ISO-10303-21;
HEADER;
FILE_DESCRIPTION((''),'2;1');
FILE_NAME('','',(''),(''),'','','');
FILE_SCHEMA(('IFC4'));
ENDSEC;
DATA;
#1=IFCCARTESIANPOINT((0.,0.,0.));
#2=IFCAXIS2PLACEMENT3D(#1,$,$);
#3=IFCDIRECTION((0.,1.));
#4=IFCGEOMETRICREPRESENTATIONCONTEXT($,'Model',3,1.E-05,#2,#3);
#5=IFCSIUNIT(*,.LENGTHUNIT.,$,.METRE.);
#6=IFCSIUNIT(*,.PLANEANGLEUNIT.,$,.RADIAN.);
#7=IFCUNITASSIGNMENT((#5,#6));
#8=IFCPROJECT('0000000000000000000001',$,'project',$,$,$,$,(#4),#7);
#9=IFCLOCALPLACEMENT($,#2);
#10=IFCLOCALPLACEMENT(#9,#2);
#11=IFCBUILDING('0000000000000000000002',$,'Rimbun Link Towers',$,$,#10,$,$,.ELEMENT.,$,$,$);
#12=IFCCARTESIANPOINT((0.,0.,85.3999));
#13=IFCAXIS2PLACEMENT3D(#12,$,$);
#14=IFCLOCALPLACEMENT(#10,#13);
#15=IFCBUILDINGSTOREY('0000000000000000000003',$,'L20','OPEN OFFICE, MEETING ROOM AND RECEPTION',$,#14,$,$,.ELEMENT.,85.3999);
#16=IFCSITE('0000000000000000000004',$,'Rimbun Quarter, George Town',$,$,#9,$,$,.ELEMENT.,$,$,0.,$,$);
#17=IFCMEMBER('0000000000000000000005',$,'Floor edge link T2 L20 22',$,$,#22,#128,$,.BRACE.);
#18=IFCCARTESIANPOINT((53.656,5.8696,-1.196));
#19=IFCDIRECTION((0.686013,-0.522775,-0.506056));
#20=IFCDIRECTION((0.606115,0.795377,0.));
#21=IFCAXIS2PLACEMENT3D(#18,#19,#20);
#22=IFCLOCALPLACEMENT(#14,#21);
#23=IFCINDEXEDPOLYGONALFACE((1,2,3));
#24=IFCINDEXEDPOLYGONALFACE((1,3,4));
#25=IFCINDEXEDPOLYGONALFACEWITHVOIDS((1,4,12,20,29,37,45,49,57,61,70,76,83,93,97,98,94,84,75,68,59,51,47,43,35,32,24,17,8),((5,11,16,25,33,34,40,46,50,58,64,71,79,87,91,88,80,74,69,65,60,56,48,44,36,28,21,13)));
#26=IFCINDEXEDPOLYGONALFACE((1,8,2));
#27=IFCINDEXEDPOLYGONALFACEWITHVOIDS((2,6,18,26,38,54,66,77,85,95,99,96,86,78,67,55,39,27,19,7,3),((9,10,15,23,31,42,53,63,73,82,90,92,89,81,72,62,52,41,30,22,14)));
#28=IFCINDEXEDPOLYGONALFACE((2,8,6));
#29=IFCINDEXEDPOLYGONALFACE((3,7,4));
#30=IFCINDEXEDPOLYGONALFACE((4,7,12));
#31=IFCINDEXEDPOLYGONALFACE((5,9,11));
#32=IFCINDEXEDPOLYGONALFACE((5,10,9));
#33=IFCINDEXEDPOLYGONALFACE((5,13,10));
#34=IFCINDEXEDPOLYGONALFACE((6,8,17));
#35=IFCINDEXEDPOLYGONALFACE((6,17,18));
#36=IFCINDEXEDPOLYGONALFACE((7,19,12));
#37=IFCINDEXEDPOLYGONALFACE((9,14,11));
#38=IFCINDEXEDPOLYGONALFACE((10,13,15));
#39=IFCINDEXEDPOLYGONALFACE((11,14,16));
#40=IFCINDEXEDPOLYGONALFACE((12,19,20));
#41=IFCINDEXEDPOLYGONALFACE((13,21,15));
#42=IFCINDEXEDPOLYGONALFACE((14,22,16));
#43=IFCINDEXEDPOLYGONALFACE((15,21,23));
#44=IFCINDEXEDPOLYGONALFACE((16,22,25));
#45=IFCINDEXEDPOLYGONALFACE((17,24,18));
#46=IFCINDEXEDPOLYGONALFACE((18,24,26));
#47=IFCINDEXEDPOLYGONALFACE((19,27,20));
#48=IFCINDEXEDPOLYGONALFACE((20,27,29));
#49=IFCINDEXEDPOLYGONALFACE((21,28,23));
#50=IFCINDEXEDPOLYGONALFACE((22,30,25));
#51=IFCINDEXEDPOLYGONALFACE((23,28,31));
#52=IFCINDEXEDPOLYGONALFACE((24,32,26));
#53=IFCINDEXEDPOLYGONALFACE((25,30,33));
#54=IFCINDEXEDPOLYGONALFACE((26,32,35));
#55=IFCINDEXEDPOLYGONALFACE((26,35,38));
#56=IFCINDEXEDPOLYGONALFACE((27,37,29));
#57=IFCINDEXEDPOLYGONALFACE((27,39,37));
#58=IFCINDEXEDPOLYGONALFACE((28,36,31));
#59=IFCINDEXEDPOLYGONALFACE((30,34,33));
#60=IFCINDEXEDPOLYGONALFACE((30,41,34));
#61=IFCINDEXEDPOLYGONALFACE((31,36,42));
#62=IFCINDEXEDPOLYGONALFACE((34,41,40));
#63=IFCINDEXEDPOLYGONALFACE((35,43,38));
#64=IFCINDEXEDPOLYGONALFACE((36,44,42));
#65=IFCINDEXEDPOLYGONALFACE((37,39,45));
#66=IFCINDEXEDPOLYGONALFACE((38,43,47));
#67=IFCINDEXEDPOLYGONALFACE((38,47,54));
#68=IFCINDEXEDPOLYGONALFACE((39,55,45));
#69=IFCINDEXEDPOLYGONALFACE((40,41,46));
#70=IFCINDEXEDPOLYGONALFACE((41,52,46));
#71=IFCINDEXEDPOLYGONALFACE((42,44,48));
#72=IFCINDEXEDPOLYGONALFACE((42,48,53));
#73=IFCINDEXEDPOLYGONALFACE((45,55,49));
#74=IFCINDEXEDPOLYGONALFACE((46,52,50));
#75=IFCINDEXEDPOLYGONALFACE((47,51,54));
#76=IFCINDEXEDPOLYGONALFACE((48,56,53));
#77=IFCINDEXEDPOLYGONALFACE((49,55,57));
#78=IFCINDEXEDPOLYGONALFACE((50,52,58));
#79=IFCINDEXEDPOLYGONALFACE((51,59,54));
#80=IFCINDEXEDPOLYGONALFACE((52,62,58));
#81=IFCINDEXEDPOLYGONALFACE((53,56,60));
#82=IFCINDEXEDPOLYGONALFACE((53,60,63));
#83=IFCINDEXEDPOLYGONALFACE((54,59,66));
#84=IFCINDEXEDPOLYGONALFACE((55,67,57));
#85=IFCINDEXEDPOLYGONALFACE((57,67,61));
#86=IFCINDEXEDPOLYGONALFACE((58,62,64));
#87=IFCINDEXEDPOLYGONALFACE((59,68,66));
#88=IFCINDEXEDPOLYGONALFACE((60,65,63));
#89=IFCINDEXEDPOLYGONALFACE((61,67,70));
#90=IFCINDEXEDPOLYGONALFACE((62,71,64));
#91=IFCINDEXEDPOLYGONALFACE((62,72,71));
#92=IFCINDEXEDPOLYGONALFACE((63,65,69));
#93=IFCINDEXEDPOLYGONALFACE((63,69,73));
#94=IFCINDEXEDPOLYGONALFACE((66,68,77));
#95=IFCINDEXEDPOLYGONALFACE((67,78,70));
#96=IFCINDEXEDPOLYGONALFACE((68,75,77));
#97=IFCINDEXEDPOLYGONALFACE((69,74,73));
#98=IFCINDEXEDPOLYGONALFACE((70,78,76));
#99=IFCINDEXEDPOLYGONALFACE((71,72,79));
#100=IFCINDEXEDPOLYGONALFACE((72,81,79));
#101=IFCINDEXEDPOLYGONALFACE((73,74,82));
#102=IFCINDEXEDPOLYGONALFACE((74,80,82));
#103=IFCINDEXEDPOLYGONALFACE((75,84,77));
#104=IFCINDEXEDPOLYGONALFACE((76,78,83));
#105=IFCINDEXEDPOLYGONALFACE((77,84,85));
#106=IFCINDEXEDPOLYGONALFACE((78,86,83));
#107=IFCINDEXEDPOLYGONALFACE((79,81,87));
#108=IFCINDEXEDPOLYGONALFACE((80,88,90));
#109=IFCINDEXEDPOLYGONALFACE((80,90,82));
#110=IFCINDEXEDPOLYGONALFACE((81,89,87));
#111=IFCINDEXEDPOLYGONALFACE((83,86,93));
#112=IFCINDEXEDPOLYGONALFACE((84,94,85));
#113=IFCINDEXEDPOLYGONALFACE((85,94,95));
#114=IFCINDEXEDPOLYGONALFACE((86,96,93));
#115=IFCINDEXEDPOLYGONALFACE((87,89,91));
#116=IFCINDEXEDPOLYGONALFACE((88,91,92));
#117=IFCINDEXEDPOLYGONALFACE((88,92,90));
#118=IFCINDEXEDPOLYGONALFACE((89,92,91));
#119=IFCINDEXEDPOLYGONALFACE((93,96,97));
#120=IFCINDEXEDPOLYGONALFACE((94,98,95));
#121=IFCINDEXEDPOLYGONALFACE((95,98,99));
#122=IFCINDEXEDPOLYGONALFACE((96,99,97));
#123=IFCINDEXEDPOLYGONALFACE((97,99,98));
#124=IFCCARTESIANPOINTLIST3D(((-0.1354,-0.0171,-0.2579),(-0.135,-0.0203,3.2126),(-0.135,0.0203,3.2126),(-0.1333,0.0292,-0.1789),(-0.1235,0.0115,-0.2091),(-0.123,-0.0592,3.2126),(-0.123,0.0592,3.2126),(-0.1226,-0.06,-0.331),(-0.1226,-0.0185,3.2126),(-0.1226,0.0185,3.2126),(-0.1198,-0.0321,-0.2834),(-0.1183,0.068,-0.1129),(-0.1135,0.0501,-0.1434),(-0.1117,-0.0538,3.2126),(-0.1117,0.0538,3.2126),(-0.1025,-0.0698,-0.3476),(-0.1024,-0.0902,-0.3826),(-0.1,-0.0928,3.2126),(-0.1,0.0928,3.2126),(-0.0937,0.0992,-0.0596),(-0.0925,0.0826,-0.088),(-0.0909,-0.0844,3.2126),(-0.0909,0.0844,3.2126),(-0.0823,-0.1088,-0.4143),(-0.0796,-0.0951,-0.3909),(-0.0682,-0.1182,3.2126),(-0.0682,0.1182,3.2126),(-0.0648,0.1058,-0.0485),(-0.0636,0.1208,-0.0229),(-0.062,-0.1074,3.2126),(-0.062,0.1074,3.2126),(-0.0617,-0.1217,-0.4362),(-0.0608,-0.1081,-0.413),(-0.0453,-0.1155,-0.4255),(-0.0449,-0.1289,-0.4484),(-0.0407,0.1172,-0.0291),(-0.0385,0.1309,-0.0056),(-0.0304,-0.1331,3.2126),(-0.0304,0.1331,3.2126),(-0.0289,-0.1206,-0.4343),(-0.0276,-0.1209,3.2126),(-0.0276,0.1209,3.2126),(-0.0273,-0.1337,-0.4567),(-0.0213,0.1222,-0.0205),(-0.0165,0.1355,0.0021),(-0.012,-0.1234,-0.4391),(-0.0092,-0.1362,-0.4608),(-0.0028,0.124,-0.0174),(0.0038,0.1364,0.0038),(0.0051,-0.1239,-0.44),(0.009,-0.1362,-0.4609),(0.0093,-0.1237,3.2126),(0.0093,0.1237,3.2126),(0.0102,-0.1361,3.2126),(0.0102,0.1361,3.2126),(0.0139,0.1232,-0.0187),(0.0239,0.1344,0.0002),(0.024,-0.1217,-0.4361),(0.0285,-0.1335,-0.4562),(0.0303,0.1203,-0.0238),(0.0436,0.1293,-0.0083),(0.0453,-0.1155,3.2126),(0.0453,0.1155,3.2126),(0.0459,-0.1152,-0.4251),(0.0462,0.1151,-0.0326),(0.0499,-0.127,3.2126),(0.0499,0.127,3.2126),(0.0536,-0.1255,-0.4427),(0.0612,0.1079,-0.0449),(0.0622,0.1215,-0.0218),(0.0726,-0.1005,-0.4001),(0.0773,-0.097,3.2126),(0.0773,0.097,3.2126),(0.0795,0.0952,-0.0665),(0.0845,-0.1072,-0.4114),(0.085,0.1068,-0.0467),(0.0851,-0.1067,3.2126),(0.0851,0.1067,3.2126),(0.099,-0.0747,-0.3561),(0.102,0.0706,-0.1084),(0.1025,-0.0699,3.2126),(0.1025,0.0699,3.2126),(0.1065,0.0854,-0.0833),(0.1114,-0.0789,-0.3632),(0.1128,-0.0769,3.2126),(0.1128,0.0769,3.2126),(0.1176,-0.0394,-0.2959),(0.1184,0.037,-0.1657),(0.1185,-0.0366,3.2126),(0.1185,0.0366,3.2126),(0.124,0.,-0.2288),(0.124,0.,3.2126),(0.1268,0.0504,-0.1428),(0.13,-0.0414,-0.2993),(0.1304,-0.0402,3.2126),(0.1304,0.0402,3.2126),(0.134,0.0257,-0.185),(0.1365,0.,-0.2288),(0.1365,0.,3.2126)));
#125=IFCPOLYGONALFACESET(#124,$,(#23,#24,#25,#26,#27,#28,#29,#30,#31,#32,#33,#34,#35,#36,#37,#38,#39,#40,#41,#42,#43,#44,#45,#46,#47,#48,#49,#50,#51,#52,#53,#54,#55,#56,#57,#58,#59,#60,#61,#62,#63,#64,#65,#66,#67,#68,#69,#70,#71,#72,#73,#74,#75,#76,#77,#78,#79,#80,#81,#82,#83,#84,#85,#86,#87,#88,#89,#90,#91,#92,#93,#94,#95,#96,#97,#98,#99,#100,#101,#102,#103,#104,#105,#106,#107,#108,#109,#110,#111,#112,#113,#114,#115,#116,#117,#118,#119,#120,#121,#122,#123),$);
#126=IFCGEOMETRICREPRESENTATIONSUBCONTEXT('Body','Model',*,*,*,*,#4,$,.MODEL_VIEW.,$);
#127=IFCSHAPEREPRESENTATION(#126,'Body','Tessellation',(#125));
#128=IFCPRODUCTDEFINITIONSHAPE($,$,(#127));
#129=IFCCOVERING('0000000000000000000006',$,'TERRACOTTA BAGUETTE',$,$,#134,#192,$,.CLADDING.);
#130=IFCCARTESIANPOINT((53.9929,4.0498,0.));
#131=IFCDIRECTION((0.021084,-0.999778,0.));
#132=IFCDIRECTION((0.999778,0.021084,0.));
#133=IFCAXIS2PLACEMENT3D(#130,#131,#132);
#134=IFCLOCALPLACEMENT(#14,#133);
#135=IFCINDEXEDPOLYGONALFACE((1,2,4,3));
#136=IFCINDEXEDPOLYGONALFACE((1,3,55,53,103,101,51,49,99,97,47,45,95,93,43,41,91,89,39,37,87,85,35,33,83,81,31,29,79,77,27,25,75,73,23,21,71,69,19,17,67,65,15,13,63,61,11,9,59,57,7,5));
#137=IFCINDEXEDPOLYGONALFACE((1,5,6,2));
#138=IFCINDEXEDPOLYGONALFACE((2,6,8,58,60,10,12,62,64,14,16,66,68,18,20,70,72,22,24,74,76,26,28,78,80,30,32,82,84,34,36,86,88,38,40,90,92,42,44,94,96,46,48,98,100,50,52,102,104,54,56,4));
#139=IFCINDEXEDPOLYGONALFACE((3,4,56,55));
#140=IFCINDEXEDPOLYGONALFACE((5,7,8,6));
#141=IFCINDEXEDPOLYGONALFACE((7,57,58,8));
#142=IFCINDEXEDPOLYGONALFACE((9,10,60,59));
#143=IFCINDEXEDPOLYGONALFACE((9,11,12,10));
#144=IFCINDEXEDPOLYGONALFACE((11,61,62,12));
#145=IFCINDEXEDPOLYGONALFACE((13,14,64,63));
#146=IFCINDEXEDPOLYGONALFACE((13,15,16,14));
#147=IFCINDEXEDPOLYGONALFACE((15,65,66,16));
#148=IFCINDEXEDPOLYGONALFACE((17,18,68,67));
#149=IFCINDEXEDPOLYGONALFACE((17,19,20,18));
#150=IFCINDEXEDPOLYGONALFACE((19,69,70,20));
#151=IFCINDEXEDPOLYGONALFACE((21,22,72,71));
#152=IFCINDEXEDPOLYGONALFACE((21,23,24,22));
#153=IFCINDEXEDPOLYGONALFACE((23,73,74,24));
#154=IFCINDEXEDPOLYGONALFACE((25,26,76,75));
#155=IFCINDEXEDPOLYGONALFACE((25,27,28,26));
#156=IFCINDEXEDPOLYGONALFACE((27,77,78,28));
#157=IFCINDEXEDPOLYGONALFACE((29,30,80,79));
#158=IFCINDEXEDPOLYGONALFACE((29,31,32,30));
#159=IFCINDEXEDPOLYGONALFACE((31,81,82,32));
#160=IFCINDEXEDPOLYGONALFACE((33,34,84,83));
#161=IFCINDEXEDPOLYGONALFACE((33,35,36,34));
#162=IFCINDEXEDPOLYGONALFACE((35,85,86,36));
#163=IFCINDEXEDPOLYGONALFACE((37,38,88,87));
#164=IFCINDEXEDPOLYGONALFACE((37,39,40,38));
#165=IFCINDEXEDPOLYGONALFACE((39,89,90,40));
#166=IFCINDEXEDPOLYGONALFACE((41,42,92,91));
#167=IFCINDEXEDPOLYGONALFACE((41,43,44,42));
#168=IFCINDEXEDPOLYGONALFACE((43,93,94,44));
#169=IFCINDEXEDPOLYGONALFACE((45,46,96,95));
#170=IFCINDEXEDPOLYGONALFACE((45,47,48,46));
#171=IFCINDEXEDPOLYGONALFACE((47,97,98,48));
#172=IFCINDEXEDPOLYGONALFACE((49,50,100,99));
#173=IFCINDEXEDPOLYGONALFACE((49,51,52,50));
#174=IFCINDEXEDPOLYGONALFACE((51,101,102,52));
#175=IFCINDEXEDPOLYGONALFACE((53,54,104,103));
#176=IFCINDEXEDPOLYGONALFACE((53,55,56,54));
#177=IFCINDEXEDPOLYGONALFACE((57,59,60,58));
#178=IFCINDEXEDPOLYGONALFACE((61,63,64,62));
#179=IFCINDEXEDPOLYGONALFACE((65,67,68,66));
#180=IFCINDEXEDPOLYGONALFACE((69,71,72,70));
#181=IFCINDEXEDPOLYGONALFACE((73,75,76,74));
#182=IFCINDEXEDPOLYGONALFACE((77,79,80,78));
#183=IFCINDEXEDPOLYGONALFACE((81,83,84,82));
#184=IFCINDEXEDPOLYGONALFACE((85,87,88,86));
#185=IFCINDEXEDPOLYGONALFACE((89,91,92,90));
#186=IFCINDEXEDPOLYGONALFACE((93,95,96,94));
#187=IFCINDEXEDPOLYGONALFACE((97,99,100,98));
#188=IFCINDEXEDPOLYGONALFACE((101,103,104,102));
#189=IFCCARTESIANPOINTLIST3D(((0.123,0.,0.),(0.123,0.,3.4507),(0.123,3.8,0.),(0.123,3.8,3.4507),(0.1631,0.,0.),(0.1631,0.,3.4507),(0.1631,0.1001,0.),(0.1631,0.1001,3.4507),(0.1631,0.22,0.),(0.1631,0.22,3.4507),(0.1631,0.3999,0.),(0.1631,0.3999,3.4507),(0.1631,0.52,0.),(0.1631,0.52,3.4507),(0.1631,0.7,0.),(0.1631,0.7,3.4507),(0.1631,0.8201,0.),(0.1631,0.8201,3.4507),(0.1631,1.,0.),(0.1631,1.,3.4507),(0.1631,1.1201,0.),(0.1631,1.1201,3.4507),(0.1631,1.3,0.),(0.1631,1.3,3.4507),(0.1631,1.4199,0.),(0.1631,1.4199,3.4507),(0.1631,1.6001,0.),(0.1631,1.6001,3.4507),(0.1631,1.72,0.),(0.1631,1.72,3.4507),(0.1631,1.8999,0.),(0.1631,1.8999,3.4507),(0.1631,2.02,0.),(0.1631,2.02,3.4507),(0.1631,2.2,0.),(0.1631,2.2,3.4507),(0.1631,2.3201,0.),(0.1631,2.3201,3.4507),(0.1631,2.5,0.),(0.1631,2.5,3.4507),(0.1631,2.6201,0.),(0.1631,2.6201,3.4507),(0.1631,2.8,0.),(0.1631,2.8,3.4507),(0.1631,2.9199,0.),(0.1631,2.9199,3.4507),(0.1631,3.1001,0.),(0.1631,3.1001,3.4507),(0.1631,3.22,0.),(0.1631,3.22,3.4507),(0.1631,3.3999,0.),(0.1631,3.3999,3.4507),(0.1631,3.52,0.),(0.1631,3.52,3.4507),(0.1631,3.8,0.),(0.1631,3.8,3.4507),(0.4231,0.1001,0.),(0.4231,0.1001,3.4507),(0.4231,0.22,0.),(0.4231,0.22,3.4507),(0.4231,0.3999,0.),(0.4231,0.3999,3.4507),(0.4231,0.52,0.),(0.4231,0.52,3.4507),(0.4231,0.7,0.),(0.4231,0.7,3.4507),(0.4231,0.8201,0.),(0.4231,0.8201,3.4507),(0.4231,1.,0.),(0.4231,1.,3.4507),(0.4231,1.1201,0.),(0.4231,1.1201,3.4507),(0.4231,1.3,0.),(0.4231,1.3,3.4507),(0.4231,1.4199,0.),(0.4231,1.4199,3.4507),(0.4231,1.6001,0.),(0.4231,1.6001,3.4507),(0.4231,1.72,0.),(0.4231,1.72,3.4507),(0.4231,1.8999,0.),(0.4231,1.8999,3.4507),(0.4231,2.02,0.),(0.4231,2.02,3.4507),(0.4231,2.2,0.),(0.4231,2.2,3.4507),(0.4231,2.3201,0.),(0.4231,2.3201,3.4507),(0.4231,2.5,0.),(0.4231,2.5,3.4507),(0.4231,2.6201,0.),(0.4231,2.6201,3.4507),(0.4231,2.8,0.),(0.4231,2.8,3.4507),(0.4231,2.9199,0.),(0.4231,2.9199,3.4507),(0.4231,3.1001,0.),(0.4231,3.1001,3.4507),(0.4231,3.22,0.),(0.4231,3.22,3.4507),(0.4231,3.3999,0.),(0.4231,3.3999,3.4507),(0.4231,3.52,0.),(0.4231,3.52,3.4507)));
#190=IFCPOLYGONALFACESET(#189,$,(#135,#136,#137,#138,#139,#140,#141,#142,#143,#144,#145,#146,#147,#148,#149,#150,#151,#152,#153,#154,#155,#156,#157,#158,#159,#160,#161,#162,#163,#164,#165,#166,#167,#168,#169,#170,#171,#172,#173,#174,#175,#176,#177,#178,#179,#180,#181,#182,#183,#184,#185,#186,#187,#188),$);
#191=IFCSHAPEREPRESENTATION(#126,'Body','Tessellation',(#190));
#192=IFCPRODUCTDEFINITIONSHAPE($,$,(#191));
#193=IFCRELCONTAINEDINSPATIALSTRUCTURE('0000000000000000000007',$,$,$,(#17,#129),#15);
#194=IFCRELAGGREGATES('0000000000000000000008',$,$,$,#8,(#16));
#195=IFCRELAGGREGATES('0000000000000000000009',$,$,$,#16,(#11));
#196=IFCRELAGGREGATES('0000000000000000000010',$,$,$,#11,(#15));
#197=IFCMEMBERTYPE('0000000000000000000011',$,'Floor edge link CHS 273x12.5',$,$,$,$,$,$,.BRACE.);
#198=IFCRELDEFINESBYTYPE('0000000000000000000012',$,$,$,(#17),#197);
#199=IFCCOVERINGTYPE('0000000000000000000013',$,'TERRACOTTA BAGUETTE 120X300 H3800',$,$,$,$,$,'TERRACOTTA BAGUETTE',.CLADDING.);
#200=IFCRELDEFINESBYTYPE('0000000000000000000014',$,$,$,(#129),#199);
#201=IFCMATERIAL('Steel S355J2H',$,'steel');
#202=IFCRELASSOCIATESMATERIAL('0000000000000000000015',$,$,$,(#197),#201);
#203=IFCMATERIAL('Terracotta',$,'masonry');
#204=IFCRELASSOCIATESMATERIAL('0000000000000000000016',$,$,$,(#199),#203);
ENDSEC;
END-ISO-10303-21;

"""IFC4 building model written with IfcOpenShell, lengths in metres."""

from ifc_helpers import new_model, si_unit, direction, frame, origin, origin_2d, place, context, subcontext, project, spatial, polyline, hollow_circle, outline, extrude, clip, halfspace, material, material_profile, profile_set, type_object, element, save


model = new_model("IFC4")

# Units and contexts
model_context = context("Model", 3, precision=1e-05, world=origin(), true_north=direction((0.0, 1.0)))
body_context = subcontext(model_context, "Body", "Model", "MODEL_VIEW")
ifc_project = project(units=[si_unit("LENGTHUNIT", "METRE"), si_unit("PLANEANGLEUNIT", "RADIAN")], contexts=[model_context])

# Site, building, storey
site_placement = place(None, origin())
site = spatial("IfcSite", under=ifc_project, at=site_placement, Name="Rimbun Quarter, George Town", CompositionType="ELEMENT", RefElevation=0.0)
building_placement = place(site_placement, origin())
building = spatial("IfcBuilding", under=site, at=building_placement, Name="Rimbun Link Towers", CompositionType="ELEMENT")
storey_placement = place(building_placement, frame((0.0, 0.0, 85.3999)))
storey = spatial("IfcBuildingStorey", under=building, at=storey_placement, Name="L20", Description="OPEN OFFICE, MEETING ROOM AND RECEPTION", CompositionType="ELEMENT", Elevation=85.3999)

# Member
ifc_material_1 = material(Name="Steel S355J2H", Category="steel")
ifc_material_profile_1 = material_profile(ifc_material_1, hollow_circle(Radius=0.1365, WallThickness=0.0125, at=origin_2d()), Name="CHS 273x12.5")
ifc_profile_set_1 = profile_set([ifc_material_profile_1], Name="Steel S355J2H")
member_type_1 = type_object("IfcMemberType", Name="Floor edge link CHS 273x12.5", PredefinedType="BRACE", material=ifc_profile_set_1)
member_1_placement = place(storey_placement, frame((53.656, 5.8696, -1.196), z_axis=(0.686013, -0.522775, -0.506056), x_axis=(0.606115, 0.795377, 0.0)))
element("IfcMember", 1, at=member_1_placement, inside=storey, type_object=member_type_1, Name="Floor edge link T2 L20 22", PredefinedType="BRACE", context=body_context, shape_type="Clipping", body=[
    clip(extrude(hollow_circle(Radius=0.1365, WallThickness=0.0125, at=origin_2d()), frame((0.0, 0.0, -0.4851)), (0.0, 0.0, 1.0), 3.6978), halfspace(frame((0.0, 0.0, -0.2288), z_axis=(0.0, 0.862501, -0.506056)), False)),
])

# Covering
ifc_material_2 = material(Name="Terracotta", Category="masonry")
ifc_material_profile_2 = material_profile(ifc_material_2, outline(polyline([(0.123, 0.0), (0.1631, 0.0), (0.1631, 0.1001), (0.4231, 0.1001), (0.4231, 0.22), (0.1631, 0.22), (0.1631, 0.3999), (0.4231, 0.3999), (0.4231, 0.52), (0.1631, 0.52), (0.1631, 0.7), (0.4231, 0.7), (0.4231, 0.8201), (0.1631, 0.8201), (0.1631, 1.0), (0.4231, 1.0), (0.4231, 1.1201), (0.1631, 1.1201), (0.1631, 1.3), (0.4231, 1.3), (0.4231, 1.4199), (0.1631, 1.4199), (0.1631, 1.6001), (0.4231, 1.6001), (0.4231, 1.72), (0.1631, 1.72), (0.1631, 1.8999), (0.4231, 1.8999), (0.4231, 2.02), (0.1631, 2.02), (0.1631, 2.2), (0.4231, 2.2), (0.4231, 2.3201), (0.1631, 2.3201), (0.1631, 2.5), (0.4231, 2.5), (0.4231, 2.6201), (0.1631, 2.6201), (0.1631, 2.8), (0.4231, 2.8), (0.4231, 2.9199), (0.1631, 2.9199), (0.1631, 3.1001), (0.4231, 3.1001), (0.4231, 3.22), (0.1631, 3.22), (0.1631, 3.3999), (0.4231, 3.3999), (0.4231, 3.52), (0.1631, 3.52), (0.1631, 3.8), (0.123, 3.8), (0.123, 0.0)])), Name="BAGUETTE 120X300")
ifc_profile_set_2 = profile_set([ifc_material_profile_2], Name="Terracotta")
covering_type = type_object("IfcCoveringType", Name="TERRACOTTA BAGUETTE 120X300 H3800", ElementType="TERRACOTTA BAGUETTE", PredefinedType="CLADDING", material=ifc_profile_set_2)
covering_1_placement = place(storey_placement, frame((53.9929, 4.0498, 0.0), z_axis=(0.021084, -0.999778, 0.0), x_axis=(0.999778, 0.021084, 0.0)))
element("IfcCovering", 2, at=covering_1_placement, inside=storey, type_object=covering_type, Name="TERRACOTTA BAGUETTE", PredefinedType="CLADDING", context=body_context, shape_type="SweptSolid", body=[
    extrude(outline(polyline([(0.123, 0.0), (0.1631, 0.0), (0.1631, 0.1001), (0.4231, 0.1001), (0.4231, 0.22), (0.1631, 0.22), (0.1631, 0.3999), (0.4231, 0.3999), (0.4231, 0.52), (0.1631, 0.52), (0.1631, 0.7), (0.4231, 0.7), (0.4231, 0.8201), (0.1631, 0.8201), (0.1631, 1.0), (0.4231, 1.0), (0.4231, 1.1201), (0.1631, 1.1201), (0.1631, 1.3), (0.4231, 1.3), (0.4231, 1.4199), (0.1631, 1.4199), (0.1631, 1.6001), (0.4231, 1.6001), (0.4231, 1.72), (0.1631, 1.72), (0.1631, 1.8999), (0.4231, 1.8999), (0.4231, 2.02), (0.1631, 2.02), (0.1631, 2.2), (0.4231, 2.2), (0.4231, 2.3201), (0.1631, 2.3201), (0.1631, 2.5), (0.4231, 2.5), (0.4231, 2.6201), (0.1631, 2.6201), (0.1631, 2.8), (0.4231, 2.8), (0.4231, 2.9199), (0.1631, 2.9199), (0.1631, 3.1001), (0.4231, 3.1001), (0.4231, 3.22), (0.1631, 3.22), (0.1631, 3.3999), (0.4231, 3.3999), (0.4231, 3.52), (0.1631, 3.52), (0.1631, 3.8), (0.123, 3.8), (0.123, 0.0)])), origin(), (0.0, 0.0, 1.0), 3.4507),
])

save(model, "model.ifc")
